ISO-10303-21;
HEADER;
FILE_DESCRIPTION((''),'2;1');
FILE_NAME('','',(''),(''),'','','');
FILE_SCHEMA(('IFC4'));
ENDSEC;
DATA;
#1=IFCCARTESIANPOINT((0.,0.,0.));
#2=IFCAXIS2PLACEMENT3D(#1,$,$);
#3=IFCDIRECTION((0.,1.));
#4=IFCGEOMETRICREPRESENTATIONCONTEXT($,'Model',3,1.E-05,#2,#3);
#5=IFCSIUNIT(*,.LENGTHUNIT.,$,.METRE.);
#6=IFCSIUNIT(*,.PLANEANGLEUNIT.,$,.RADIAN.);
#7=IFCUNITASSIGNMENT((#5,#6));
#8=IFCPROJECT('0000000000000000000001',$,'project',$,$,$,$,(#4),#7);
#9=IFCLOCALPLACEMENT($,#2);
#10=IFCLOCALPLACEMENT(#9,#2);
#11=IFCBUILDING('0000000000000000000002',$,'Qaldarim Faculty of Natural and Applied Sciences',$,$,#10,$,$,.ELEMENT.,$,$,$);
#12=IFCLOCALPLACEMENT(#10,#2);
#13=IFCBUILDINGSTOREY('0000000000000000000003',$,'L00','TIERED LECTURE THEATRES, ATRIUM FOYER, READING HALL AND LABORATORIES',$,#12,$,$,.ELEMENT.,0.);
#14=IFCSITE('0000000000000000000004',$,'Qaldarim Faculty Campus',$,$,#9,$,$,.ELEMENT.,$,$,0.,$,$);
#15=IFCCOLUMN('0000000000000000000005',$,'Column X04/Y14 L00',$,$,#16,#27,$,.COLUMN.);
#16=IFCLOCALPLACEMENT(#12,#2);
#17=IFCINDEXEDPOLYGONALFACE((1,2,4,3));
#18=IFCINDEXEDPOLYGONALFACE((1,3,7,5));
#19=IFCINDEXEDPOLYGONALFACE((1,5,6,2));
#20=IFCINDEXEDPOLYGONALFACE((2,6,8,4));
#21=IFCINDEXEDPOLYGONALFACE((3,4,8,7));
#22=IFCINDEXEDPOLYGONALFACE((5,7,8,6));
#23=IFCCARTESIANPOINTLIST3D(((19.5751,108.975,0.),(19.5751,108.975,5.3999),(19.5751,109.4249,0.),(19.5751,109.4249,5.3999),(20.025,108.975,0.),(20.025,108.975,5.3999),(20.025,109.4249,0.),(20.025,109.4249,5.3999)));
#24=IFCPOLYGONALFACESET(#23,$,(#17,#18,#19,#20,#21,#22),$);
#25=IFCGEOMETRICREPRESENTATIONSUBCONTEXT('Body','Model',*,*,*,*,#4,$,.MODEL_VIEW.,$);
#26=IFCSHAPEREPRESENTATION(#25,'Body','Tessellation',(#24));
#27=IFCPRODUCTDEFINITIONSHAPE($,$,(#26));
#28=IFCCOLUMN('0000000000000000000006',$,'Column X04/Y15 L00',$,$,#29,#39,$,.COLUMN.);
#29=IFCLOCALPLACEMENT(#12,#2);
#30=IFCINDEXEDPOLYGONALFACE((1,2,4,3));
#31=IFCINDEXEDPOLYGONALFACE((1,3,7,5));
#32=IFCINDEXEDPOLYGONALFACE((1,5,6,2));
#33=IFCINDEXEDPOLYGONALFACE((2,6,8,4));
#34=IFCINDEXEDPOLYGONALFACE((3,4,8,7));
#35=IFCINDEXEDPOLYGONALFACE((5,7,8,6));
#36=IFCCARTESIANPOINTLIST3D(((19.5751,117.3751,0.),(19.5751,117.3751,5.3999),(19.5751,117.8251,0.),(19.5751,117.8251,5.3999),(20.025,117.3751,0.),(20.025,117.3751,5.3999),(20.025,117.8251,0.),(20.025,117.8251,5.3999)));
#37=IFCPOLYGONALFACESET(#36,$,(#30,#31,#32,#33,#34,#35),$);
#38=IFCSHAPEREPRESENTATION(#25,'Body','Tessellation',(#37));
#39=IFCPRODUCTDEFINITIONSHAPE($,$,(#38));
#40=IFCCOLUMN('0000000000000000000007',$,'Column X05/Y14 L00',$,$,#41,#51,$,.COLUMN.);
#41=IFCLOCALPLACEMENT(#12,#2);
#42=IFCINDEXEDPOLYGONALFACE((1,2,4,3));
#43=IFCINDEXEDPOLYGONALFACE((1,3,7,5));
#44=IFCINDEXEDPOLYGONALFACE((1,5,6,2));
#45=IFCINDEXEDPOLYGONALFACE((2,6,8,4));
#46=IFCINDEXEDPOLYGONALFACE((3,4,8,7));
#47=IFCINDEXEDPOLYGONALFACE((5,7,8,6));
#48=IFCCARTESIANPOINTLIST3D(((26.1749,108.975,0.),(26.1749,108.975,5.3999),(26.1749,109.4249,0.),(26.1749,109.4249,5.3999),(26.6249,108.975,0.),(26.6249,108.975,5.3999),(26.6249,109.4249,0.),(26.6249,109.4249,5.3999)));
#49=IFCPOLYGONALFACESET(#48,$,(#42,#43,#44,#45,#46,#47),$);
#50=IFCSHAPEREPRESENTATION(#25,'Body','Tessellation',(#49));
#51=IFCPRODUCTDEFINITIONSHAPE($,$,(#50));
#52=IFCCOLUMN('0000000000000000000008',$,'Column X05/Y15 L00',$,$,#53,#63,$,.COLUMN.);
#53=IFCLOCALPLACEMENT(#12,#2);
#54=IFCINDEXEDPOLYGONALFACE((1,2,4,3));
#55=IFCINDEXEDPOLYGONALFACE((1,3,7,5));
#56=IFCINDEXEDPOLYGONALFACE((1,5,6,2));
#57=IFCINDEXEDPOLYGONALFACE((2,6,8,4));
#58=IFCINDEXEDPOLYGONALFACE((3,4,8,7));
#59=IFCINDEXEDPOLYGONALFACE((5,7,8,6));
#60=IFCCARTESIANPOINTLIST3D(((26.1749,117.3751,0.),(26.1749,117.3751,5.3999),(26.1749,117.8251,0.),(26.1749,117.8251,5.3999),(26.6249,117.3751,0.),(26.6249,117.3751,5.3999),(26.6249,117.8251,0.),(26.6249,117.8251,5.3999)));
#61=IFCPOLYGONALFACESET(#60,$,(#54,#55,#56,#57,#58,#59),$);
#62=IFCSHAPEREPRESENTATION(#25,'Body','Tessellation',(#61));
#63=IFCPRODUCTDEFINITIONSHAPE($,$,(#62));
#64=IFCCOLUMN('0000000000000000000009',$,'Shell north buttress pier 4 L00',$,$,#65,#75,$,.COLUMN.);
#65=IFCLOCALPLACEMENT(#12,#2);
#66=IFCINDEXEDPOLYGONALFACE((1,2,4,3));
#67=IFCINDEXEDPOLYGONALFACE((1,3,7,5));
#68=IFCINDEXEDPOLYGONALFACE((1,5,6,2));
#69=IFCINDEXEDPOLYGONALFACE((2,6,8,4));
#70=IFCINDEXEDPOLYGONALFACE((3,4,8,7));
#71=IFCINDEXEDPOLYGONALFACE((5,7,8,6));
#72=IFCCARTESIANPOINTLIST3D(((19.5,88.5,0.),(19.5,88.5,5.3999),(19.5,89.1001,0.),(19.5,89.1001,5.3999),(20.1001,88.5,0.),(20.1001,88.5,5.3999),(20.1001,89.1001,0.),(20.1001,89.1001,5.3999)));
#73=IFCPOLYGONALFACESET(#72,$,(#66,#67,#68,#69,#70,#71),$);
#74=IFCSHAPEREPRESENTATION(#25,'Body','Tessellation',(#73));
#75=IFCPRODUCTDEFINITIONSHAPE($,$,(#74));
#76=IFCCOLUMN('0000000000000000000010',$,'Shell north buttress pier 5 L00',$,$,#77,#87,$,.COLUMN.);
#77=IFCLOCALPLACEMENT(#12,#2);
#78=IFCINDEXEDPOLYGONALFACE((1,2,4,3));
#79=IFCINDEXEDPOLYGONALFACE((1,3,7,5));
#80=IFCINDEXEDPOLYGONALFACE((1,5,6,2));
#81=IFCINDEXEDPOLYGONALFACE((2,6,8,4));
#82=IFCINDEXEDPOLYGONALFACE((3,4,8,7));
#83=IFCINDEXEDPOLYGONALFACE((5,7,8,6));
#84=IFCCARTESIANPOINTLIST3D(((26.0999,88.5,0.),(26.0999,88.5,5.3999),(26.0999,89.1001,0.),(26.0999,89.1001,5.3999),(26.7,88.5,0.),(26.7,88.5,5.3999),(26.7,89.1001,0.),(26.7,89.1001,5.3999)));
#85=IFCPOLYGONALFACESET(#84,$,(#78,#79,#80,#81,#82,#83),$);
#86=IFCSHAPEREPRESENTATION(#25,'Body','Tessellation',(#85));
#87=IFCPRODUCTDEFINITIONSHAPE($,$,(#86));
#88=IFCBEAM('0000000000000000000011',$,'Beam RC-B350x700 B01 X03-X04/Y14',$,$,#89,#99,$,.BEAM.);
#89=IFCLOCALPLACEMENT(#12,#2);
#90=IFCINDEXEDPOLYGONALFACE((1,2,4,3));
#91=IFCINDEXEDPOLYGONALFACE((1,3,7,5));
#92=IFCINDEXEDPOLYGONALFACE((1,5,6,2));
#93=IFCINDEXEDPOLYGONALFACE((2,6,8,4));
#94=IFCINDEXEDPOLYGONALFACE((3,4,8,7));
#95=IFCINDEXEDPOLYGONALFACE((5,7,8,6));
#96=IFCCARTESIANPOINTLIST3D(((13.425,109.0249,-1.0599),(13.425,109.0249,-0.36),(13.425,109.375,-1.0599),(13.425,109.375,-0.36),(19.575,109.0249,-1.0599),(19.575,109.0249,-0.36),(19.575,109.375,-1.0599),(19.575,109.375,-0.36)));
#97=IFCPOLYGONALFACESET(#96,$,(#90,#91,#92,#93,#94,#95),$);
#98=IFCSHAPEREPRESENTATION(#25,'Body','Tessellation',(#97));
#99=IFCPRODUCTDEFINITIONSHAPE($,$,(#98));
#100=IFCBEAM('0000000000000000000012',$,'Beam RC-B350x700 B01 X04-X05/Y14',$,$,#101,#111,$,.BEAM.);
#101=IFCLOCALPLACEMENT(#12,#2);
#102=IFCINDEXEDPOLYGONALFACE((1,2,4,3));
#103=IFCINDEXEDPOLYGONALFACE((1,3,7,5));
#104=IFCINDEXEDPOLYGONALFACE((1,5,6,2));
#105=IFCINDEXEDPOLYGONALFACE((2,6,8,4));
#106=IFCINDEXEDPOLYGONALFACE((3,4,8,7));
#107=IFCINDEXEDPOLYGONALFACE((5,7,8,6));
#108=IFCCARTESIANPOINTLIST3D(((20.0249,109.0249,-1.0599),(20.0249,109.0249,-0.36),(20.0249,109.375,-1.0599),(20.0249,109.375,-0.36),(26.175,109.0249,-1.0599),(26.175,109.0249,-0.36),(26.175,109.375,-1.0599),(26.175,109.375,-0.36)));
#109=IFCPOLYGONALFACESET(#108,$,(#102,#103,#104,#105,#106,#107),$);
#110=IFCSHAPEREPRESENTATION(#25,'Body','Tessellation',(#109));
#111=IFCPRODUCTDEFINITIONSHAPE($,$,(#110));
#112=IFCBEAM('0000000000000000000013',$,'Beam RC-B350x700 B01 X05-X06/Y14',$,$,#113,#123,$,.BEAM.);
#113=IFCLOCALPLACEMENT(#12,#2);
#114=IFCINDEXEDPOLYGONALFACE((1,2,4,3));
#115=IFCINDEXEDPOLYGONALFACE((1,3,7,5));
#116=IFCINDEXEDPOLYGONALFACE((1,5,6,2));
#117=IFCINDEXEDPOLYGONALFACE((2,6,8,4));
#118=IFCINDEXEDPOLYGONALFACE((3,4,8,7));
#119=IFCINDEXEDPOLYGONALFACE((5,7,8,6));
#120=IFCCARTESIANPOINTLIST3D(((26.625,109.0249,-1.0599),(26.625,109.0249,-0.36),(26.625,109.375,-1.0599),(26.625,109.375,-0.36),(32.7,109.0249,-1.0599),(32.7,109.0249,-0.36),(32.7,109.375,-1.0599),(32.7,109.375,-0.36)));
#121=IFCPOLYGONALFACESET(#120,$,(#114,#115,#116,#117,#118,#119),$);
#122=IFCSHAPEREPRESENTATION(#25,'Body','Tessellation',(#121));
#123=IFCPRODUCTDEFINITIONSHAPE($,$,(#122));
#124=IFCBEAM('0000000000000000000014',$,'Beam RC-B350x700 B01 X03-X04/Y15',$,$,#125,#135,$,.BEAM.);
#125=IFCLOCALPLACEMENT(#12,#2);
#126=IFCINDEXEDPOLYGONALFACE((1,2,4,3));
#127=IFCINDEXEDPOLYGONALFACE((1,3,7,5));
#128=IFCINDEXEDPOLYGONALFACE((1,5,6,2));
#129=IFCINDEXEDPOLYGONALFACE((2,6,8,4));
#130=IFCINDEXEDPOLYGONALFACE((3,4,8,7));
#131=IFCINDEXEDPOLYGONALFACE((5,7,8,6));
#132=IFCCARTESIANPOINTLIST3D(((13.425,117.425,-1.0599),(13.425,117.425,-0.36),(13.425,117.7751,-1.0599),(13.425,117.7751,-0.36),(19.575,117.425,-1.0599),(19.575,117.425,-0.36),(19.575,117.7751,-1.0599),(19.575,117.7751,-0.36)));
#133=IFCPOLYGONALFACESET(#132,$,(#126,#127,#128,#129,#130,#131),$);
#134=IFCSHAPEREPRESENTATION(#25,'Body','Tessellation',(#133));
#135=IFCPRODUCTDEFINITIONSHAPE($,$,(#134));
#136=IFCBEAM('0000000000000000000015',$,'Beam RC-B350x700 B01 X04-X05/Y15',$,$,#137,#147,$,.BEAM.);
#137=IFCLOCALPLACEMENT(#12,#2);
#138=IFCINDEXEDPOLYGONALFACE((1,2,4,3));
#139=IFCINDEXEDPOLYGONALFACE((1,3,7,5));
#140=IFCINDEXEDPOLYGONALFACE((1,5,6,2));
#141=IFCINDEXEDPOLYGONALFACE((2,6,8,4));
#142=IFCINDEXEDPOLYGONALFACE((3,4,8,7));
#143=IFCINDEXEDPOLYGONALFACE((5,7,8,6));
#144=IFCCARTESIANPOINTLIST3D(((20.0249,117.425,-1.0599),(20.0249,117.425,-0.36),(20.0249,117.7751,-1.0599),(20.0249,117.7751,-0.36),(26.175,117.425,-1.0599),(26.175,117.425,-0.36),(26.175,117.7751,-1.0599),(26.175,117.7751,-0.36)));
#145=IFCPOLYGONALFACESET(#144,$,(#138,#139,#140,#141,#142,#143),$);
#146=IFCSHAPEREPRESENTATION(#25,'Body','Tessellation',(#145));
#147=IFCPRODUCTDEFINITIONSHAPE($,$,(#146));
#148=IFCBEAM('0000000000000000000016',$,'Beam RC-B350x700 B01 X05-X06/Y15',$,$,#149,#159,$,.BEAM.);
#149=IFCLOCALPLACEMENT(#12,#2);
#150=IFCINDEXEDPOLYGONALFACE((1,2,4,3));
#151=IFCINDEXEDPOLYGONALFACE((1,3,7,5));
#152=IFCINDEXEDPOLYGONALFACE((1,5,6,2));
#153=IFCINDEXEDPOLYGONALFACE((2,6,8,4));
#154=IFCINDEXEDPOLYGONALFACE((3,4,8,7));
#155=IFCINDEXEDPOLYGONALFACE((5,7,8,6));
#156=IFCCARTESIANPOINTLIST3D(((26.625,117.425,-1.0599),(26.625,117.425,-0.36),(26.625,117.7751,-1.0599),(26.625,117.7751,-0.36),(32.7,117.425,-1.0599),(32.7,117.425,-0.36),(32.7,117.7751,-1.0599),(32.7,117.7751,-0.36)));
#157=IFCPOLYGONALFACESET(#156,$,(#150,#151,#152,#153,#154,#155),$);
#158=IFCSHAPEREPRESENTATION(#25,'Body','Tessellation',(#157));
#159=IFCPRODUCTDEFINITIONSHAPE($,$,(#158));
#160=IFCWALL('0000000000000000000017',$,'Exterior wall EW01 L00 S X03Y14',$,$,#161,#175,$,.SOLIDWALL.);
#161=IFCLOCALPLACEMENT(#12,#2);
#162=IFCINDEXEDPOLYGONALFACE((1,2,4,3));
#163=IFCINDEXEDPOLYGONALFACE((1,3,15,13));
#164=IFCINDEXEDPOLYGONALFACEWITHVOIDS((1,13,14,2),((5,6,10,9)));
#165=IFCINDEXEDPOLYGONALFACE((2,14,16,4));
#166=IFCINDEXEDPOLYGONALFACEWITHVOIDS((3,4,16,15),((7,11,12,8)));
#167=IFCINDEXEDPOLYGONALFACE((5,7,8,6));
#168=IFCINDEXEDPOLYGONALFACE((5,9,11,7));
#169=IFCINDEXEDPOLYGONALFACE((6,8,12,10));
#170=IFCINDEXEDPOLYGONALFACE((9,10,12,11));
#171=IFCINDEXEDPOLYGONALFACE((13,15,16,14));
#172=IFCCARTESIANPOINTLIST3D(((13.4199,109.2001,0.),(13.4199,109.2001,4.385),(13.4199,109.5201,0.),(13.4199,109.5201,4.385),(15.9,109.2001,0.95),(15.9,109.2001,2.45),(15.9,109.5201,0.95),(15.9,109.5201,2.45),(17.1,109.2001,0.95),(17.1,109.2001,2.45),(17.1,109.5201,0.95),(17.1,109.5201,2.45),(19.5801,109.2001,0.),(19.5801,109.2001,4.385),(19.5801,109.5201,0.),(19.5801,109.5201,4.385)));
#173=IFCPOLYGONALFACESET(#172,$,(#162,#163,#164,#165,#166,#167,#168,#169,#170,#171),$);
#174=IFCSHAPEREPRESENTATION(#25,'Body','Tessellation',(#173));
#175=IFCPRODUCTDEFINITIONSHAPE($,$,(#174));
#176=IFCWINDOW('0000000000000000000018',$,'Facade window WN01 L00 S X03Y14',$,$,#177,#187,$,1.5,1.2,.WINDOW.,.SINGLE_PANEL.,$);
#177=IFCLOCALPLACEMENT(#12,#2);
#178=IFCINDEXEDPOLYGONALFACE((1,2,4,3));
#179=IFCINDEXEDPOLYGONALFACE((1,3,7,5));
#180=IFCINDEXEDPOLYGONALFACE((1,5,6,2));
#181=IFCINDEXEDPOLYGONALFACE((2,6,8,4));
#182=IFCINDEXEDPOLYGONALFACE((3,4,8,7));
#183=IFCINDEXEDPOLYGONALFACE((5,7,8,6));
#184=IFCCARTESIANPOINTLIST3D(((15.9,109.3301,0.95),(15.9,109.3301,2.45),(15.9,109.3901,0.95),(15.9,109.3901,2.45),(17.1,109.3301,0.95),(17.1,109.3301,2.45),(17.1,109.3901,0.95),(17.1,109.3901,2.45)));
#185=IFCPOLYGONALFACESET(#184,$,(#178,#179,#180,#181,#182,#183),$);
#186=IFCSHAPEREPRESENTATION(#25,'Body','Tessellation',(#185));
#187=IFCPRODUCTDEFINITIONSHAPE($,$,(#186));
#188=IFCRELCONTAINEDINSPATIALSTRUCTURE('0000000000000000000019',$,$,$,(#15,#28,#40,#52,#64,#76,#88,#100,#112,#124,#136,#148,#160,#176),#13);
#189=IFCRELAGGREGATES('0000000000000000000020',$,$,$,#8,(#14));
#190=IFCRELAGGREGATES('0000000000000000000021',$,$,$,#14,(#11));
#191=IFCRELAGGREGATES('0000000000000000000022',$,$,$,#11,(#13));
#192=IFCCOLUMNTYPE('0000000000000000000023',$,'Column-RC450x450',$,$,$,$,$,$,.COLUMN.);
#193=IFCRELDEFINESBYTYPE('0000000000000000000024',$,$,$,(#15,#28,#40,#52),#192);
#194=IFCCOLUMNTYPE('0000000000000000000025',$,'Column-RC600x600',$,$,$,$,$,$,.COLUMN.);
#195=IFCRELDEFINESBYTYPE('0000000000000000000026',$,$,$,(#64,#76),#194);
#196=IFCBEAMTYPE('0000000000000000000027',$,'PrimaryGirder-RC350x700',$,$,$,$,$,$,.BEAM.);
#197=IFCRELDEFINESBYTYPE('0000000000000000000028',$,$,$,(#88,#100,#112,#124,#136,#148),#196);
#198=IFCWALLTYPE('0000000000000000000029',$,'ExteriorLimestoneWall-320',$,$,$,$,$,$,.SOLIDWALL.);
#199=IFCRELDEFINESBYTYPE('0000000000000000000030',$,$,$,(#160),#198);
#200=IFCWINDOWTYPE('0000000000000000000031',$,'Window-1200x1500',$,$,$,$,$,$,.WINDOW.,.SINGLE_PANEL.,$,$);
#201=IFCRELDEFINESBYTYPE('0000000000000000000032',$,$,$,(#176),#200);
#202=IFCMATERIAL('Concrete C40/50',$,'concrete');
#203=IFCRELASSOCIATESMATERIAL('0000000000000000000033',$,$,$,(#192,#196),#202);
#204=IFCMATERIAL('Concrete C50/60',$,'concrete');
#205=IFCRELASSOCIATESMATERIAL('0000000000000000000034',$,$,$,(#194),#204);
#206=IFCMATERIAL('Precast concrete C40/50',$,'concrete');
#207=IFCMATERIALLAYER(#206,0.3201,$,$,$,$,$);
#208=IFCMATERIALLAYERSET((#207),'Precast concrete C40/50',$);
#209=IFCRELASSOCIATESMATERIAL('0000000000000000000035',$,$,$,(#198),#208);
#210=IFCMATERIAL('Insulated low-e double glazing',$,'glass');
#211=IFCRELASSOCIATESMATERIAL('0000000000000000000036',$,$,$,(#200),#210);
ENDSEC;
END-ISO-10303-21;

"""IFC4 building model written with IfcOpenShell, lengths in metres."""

from ifc_helpers import new_model, si_unit, direction, frame, frame_2d, origin, origin_2d, place, context, subcontext, project, spatial, rectangle, extrude, material, layer, layer_set, material_profile, profile_set, type_object, element, fill, save


model = new_model("IFC4")

# Units and contexts
model_context = context("Model", 3, precision=1e-05, world=origin(), true_north=direction((0.0, 1.0)))
body_context = subcontext(model_context, "Body", "Model", "MODEL_VIEW")
ifc_project = project(units=[si_unit("LENGTHUNIT", "METRE"), si_unit("PLANEANGLEUNIT", "RADIAN")], contexts=[model_context])

# Site, building, storey
site_placement = place(None, origin())
site = spatial("IfcSite", under=ifc_project, at=site_placement, Name="Qaldarim Faculty Campus", CompositionType="ELEMENT", RefElevation=0.0)
building_placement = place(site_placement, origin())
building = spatial("IfcBuilding", under=site, at=building_placement, Name="Qaldarim Faculty of Natural and Applied Sciences", CompositionType="ELEMENT")
storey_placement = place(building_placement, origin())
storey = spatial("IfcBuildingStorey", under=building, at=storey_placement, Name="L00", Description="TIERED LECTURE THEATRES, ATRIUM FOYER, READING HALL AND LABORATORIES", CompositionType="ELEMENT", Elevation=0.0)

# Columns
ifc_material_1 = material(Name="Concrete C40/50", Category="concrete")
ifc_material_profile_1 = material_profile(ifc_material_1, rectangle(XDim=0.45, YDim=0.45, at=origin_2d()), Name="RC-C450x450")
ifc_profile_set_1 = profile_set([ifc_material_profile_1], Name="Concrete C40/50")
column_type_1 = type_object("IfcColumnType", Name="Column-RC450x450", PredefinedType="COLUMN", material=ifc_profile_set_1)
for number, where, z_axis, x_axis, name in (
    (1, (19.8, 109.2, 0.0), (0.0, 0.0, 1.0), (1.0, 0.0, 0.0), "Column X04/Y14 L00"),
    (2, (19.8, 117.6001, 0.0), (0.0, 0.0, 1.0), (1.0, 0.0, 0.0), "Column X04/Y15 L00"),
    (3, (26.3999, 109.2, 0.0), (0.0, 0.0, 1.0), (1.0, 0.0, 0.0), "Column X05/Y14 L00"),
    (4, (26.3999, 117.6001, 0.0), (0.0, 0.0, 1.0), (1.0, 0.0, 0.0), "Column X05/Y15 L00"),
):
    element("IfcColumn", number, at=place(storey_placement, frame(where, z_axis=z_axis, x_axis=x_axis)), inside=storey, type_object=column_type_1, Name=name, PredefinedType="COLUMN", context=body_context, shape_type="SweptSolid", body=[
        extrude(rectangle(XDim=0.45, YDim=0.45, at=origin_2d()), origin(), (0.0, 0.0, 1.0), 5.3999),
    ])
ifc_material_2 = material(Name="Concrete C50/60", Category="concrete")
ifc_material_profile_2 = material_profile(ifc_material_2, rectangle(XDim=0.6001, YDim=0.6001, at=origin_2d()), Name="RC-C600x600")
ifc_profile_set_2 = profile_set([ifc_material_profile_2], Name="Concrete C50/60")
column_type_2 = type_object("IfcColumnType", Name="Column-RC600x600", PredefinedType="COLUMN", material=ifc_profile_set_2)
for number, where, z_axis, x_axis, name in (
    (5, (19.8, 88.8, 0.0), (0.0, 0.0, 1.0), (1.0, 0.0, 0.0), "Shell north buttress pier 4 L00"),
    (6, (26.3999, 88.8, 0.0), (0.0, 0.0, 1.0), (1.0, 0.0, 0.0), "Shell north buttress pier 5 L00"),
):
    element("IfcColumn", number, at=place(storey_placement, frame(where, z_axis=z_axis, x_axis=x_axis)), inside=storey, type_object=column_type_2, Name=name, PredefinedType="COLUMN", context=body_context, shape_type="SweptSolid", body=[
        extrude(rectangle(XDim=0.6001, YDim=0.6001, at=origin_2d()), origin(), (0.0, 0.0, 1.0), 5.3999),
    ])

# Beams
ifc_material_profile_3 = material_profile(ifc_material_1, rectangle(XDim=0.3501, YDim=0.7, at=origin_2d()), Name="RC-B350x700")
ifc_profile_set_3 = profile_set([ifc_material_profile_3], Name="Concrete C40/50")
beam_type = type_object("IfcBeamType", Name="PrimaryGirder-RC350x700", PredefinedType="BEAM", material=ifc_profile_set_3)
beam_1_placement = place(storey_placement, frame((13.425, 109.2, -0.71), z_axis=(1.0, 0.0, 0.0), x_axis=(0.0, 1.0, 0.0)))
element("IfcBeam", 7, at=beam_1_placement, inside=storey, type_object=beam_type, Name="Beam RC-B350x700 B01 X03-X04/Y14", PredefinedType="BEAM", context=body_context, shape_type="SweptSolid", body=[
    extrude(rectangle(XDim=0.3501, YDim=0.7, at=origin_2d()), origin(), (0.0, 0.0, 1.0), 6.1499),
])
beam_2_placement = place(storey_placement, frame((20.0249, 109.2, -0.71), z_axis=(1.0, 0.0, 0.0), x_axis=(0.0, 1.0, 0.0)))
element("IfcBeam", 8, at=beam_2_placement, inside=storey, type_object=beam_type, Name="Beam RC-B350x700 B01 X04-X05/Y14", PredefinedType="BEAM", context=body_context, shape_type="SweptSolid", body=[
    extrude(rectangle(XDim=0.3501, YDim=0.7, at=origin_2d()), origin(), (0.0, 0.0, 1.0), 6.1501),
])
beam_3_placement = place(storey_placement, frame((26.625, 109.2, -0.71), z_axis=(1.0, 0.0, 0.0), x_axis=(0.0, 1.0, 0.0)))
element("IfcBeam", 9, at=beam_3_placement, inside=storey, type_object=beam_type, Name="Beam RC-B350x700 B01 X05-X06/Y14", PredefinedType="BEAM", context=body_context, shape_type="SweptSolid", body=[
    extrude(rectangle(XDim=0.3501, YDim=0.7, at=origin_2d()), origin(), (0.0, 0.0, 1.0), 6.075),
])
beam_4_placement = place(storey_placement, frame((13.425, 117.6001, -0.71), z_axis=(1.0, 0.0, 0.0), x_axis=(0.0, 1.0, 0.0)))
element("IfcBeam", 10, at=beam_4_placement, inside=storey, type_object=beam_type, Name="Beam RC-B350x700 B01 X03-X04/Y15", PredefinedType="BEAM", context=body_context, shape_type="SweptSolid", body=[
    extrude(rectangle(XDim=0.3501, YDim=0.7, at=origin_2d()), origin(), (0.0, 0.0, 1.0), 6.1499),
])
beam_5_placement = place(storey_placement, frame((20.0249, 117.6001, -0.71), z_axis=(1.0, 0.0, 0.0), x_axis=(0.0, 1.0, 0.0)))
element("IfcBeam", 11, at=beam_5_placement, inside=storey, type_object=beam_type, Name="Beam RC-B350x700 B01 X04-X05/Y15", PredefinedType="BEAM", context=body_context, shape_type="SweptSolid", body=[
    extrude(rectangle(XDim=0.3501, YDim=0.7, at=origin_2d()), origin(), (0.0, 0.0, 1.0), 6.1501),
])
beam_6_placement = place(storey_placement, frame((26.625, 117.6001, -0.71), z_axis=(1.0, 0.0, 0.0), x_axis=(0.0, 1.0, 0.0)))
element("IfcBeam", 12, at=beam_6_placement, inside=storey, type_object=beam_type, Name="Beam RC-B350x700 B01 X05-X06/Y15", PredefinedType="BEAM", context=body_context, shape_type="SweptSolid", body=[
    extrude(rectangle(XDim=0.3501, YDim=0.7, at=origin_2d()), origin(), (0.0, 0.0, 1.0), 6.075),
])

# Wall, opening, window
ifc_material_3 = material(Name="Precast concrete C40/50", Category="concrete")
ifc_layer = layer(ifc_material_3, 0.3201)
ifc_layer_set = layer_set([ifc_layer], Name="Precast concrete C40/50")
wall_type = type_object("IfcWallType", Name="ExteriorLimestoneWall-320", PredefinedType="SOLIDWALL", material=ifc_layer_set)
wall_1_placement = place(storey_placement, frame((13.4199, 109.3601, 0.0), z_axis=(0.0, 0.0, 1.0), x_axis=(1.0, 0.0, 0.0)))
wall_1 = element("IfcWall", 13, at=wall_1_placement, inside=storey, type_object=wall_type, Name="Exterior wall EW01 L00 S X03Y14", PredefinedType="SOLIDWALL", context=body_context, shape_type="SweptSolid", body=[
    extrude(rectangle(XDim=6.1602, YDim=0.3201, at=frame_2d((3.0801, 0.0))), origin(), (0.0, 0.0, 1.0), 4.385),
])
opening_1_placement = place(wall_1_placement, frame((2.48, 0.0, 0.95)))
opening_1 = element("IfcOpeningElement", 14, at=opening_1_placement, cuts=wall_1, PredefinedType="OPENING", context=body_context, shape_type="SweptSolid", body=[
    extrude(rectangle(XDim=1.2, YDim=1.5, at=frame_2d((0.6001, 0.75))), frame((0.0, 0.1699, 0.0), z_axis=(0.0, -1.0, 0.0), x_axis=(1.0, 0.0, 0.0)), (0.0, 0.0, 1.0), 0.3401),
])
ifc_material_4 = material(Name="Insulated low-e double glazing", Category="glass")
window_type_1 = type_object("IfcWindowType", Name="Window-1200x1500", PartitioningType="SINGLE_PANEL", PredefinedType="WINDOW", material=ifc_material_4)
window_1_placement = place(opening_1_placement, origin())
window_1 = element("IfcWindow", 15, at=window_1_placement, inside=storey, type_object=window_type_1, Name="Facade window WN01 L00 S X03Y14", OverallHeight=1.5, OverallWidth=1.2, PartitioningType="SINGLE_PANEL", PredefinedType="WINDOW", context=body_context, shape_type="SweptSolid", body=[
    extrude(rectangle(XDim=1.2, YDim=1.5, at=frame_2d((0.6001, 0.75))), frame((0.0, 0.03, 0.0), z_axis=(0.0, -1.0, 0.0), x_axis=(1.0, 0.0, 0.0)), (0.0, 0.0, 1.0), 0.0601),
])
fill(opening_1, window_1)

save(model, "model.ifc")
